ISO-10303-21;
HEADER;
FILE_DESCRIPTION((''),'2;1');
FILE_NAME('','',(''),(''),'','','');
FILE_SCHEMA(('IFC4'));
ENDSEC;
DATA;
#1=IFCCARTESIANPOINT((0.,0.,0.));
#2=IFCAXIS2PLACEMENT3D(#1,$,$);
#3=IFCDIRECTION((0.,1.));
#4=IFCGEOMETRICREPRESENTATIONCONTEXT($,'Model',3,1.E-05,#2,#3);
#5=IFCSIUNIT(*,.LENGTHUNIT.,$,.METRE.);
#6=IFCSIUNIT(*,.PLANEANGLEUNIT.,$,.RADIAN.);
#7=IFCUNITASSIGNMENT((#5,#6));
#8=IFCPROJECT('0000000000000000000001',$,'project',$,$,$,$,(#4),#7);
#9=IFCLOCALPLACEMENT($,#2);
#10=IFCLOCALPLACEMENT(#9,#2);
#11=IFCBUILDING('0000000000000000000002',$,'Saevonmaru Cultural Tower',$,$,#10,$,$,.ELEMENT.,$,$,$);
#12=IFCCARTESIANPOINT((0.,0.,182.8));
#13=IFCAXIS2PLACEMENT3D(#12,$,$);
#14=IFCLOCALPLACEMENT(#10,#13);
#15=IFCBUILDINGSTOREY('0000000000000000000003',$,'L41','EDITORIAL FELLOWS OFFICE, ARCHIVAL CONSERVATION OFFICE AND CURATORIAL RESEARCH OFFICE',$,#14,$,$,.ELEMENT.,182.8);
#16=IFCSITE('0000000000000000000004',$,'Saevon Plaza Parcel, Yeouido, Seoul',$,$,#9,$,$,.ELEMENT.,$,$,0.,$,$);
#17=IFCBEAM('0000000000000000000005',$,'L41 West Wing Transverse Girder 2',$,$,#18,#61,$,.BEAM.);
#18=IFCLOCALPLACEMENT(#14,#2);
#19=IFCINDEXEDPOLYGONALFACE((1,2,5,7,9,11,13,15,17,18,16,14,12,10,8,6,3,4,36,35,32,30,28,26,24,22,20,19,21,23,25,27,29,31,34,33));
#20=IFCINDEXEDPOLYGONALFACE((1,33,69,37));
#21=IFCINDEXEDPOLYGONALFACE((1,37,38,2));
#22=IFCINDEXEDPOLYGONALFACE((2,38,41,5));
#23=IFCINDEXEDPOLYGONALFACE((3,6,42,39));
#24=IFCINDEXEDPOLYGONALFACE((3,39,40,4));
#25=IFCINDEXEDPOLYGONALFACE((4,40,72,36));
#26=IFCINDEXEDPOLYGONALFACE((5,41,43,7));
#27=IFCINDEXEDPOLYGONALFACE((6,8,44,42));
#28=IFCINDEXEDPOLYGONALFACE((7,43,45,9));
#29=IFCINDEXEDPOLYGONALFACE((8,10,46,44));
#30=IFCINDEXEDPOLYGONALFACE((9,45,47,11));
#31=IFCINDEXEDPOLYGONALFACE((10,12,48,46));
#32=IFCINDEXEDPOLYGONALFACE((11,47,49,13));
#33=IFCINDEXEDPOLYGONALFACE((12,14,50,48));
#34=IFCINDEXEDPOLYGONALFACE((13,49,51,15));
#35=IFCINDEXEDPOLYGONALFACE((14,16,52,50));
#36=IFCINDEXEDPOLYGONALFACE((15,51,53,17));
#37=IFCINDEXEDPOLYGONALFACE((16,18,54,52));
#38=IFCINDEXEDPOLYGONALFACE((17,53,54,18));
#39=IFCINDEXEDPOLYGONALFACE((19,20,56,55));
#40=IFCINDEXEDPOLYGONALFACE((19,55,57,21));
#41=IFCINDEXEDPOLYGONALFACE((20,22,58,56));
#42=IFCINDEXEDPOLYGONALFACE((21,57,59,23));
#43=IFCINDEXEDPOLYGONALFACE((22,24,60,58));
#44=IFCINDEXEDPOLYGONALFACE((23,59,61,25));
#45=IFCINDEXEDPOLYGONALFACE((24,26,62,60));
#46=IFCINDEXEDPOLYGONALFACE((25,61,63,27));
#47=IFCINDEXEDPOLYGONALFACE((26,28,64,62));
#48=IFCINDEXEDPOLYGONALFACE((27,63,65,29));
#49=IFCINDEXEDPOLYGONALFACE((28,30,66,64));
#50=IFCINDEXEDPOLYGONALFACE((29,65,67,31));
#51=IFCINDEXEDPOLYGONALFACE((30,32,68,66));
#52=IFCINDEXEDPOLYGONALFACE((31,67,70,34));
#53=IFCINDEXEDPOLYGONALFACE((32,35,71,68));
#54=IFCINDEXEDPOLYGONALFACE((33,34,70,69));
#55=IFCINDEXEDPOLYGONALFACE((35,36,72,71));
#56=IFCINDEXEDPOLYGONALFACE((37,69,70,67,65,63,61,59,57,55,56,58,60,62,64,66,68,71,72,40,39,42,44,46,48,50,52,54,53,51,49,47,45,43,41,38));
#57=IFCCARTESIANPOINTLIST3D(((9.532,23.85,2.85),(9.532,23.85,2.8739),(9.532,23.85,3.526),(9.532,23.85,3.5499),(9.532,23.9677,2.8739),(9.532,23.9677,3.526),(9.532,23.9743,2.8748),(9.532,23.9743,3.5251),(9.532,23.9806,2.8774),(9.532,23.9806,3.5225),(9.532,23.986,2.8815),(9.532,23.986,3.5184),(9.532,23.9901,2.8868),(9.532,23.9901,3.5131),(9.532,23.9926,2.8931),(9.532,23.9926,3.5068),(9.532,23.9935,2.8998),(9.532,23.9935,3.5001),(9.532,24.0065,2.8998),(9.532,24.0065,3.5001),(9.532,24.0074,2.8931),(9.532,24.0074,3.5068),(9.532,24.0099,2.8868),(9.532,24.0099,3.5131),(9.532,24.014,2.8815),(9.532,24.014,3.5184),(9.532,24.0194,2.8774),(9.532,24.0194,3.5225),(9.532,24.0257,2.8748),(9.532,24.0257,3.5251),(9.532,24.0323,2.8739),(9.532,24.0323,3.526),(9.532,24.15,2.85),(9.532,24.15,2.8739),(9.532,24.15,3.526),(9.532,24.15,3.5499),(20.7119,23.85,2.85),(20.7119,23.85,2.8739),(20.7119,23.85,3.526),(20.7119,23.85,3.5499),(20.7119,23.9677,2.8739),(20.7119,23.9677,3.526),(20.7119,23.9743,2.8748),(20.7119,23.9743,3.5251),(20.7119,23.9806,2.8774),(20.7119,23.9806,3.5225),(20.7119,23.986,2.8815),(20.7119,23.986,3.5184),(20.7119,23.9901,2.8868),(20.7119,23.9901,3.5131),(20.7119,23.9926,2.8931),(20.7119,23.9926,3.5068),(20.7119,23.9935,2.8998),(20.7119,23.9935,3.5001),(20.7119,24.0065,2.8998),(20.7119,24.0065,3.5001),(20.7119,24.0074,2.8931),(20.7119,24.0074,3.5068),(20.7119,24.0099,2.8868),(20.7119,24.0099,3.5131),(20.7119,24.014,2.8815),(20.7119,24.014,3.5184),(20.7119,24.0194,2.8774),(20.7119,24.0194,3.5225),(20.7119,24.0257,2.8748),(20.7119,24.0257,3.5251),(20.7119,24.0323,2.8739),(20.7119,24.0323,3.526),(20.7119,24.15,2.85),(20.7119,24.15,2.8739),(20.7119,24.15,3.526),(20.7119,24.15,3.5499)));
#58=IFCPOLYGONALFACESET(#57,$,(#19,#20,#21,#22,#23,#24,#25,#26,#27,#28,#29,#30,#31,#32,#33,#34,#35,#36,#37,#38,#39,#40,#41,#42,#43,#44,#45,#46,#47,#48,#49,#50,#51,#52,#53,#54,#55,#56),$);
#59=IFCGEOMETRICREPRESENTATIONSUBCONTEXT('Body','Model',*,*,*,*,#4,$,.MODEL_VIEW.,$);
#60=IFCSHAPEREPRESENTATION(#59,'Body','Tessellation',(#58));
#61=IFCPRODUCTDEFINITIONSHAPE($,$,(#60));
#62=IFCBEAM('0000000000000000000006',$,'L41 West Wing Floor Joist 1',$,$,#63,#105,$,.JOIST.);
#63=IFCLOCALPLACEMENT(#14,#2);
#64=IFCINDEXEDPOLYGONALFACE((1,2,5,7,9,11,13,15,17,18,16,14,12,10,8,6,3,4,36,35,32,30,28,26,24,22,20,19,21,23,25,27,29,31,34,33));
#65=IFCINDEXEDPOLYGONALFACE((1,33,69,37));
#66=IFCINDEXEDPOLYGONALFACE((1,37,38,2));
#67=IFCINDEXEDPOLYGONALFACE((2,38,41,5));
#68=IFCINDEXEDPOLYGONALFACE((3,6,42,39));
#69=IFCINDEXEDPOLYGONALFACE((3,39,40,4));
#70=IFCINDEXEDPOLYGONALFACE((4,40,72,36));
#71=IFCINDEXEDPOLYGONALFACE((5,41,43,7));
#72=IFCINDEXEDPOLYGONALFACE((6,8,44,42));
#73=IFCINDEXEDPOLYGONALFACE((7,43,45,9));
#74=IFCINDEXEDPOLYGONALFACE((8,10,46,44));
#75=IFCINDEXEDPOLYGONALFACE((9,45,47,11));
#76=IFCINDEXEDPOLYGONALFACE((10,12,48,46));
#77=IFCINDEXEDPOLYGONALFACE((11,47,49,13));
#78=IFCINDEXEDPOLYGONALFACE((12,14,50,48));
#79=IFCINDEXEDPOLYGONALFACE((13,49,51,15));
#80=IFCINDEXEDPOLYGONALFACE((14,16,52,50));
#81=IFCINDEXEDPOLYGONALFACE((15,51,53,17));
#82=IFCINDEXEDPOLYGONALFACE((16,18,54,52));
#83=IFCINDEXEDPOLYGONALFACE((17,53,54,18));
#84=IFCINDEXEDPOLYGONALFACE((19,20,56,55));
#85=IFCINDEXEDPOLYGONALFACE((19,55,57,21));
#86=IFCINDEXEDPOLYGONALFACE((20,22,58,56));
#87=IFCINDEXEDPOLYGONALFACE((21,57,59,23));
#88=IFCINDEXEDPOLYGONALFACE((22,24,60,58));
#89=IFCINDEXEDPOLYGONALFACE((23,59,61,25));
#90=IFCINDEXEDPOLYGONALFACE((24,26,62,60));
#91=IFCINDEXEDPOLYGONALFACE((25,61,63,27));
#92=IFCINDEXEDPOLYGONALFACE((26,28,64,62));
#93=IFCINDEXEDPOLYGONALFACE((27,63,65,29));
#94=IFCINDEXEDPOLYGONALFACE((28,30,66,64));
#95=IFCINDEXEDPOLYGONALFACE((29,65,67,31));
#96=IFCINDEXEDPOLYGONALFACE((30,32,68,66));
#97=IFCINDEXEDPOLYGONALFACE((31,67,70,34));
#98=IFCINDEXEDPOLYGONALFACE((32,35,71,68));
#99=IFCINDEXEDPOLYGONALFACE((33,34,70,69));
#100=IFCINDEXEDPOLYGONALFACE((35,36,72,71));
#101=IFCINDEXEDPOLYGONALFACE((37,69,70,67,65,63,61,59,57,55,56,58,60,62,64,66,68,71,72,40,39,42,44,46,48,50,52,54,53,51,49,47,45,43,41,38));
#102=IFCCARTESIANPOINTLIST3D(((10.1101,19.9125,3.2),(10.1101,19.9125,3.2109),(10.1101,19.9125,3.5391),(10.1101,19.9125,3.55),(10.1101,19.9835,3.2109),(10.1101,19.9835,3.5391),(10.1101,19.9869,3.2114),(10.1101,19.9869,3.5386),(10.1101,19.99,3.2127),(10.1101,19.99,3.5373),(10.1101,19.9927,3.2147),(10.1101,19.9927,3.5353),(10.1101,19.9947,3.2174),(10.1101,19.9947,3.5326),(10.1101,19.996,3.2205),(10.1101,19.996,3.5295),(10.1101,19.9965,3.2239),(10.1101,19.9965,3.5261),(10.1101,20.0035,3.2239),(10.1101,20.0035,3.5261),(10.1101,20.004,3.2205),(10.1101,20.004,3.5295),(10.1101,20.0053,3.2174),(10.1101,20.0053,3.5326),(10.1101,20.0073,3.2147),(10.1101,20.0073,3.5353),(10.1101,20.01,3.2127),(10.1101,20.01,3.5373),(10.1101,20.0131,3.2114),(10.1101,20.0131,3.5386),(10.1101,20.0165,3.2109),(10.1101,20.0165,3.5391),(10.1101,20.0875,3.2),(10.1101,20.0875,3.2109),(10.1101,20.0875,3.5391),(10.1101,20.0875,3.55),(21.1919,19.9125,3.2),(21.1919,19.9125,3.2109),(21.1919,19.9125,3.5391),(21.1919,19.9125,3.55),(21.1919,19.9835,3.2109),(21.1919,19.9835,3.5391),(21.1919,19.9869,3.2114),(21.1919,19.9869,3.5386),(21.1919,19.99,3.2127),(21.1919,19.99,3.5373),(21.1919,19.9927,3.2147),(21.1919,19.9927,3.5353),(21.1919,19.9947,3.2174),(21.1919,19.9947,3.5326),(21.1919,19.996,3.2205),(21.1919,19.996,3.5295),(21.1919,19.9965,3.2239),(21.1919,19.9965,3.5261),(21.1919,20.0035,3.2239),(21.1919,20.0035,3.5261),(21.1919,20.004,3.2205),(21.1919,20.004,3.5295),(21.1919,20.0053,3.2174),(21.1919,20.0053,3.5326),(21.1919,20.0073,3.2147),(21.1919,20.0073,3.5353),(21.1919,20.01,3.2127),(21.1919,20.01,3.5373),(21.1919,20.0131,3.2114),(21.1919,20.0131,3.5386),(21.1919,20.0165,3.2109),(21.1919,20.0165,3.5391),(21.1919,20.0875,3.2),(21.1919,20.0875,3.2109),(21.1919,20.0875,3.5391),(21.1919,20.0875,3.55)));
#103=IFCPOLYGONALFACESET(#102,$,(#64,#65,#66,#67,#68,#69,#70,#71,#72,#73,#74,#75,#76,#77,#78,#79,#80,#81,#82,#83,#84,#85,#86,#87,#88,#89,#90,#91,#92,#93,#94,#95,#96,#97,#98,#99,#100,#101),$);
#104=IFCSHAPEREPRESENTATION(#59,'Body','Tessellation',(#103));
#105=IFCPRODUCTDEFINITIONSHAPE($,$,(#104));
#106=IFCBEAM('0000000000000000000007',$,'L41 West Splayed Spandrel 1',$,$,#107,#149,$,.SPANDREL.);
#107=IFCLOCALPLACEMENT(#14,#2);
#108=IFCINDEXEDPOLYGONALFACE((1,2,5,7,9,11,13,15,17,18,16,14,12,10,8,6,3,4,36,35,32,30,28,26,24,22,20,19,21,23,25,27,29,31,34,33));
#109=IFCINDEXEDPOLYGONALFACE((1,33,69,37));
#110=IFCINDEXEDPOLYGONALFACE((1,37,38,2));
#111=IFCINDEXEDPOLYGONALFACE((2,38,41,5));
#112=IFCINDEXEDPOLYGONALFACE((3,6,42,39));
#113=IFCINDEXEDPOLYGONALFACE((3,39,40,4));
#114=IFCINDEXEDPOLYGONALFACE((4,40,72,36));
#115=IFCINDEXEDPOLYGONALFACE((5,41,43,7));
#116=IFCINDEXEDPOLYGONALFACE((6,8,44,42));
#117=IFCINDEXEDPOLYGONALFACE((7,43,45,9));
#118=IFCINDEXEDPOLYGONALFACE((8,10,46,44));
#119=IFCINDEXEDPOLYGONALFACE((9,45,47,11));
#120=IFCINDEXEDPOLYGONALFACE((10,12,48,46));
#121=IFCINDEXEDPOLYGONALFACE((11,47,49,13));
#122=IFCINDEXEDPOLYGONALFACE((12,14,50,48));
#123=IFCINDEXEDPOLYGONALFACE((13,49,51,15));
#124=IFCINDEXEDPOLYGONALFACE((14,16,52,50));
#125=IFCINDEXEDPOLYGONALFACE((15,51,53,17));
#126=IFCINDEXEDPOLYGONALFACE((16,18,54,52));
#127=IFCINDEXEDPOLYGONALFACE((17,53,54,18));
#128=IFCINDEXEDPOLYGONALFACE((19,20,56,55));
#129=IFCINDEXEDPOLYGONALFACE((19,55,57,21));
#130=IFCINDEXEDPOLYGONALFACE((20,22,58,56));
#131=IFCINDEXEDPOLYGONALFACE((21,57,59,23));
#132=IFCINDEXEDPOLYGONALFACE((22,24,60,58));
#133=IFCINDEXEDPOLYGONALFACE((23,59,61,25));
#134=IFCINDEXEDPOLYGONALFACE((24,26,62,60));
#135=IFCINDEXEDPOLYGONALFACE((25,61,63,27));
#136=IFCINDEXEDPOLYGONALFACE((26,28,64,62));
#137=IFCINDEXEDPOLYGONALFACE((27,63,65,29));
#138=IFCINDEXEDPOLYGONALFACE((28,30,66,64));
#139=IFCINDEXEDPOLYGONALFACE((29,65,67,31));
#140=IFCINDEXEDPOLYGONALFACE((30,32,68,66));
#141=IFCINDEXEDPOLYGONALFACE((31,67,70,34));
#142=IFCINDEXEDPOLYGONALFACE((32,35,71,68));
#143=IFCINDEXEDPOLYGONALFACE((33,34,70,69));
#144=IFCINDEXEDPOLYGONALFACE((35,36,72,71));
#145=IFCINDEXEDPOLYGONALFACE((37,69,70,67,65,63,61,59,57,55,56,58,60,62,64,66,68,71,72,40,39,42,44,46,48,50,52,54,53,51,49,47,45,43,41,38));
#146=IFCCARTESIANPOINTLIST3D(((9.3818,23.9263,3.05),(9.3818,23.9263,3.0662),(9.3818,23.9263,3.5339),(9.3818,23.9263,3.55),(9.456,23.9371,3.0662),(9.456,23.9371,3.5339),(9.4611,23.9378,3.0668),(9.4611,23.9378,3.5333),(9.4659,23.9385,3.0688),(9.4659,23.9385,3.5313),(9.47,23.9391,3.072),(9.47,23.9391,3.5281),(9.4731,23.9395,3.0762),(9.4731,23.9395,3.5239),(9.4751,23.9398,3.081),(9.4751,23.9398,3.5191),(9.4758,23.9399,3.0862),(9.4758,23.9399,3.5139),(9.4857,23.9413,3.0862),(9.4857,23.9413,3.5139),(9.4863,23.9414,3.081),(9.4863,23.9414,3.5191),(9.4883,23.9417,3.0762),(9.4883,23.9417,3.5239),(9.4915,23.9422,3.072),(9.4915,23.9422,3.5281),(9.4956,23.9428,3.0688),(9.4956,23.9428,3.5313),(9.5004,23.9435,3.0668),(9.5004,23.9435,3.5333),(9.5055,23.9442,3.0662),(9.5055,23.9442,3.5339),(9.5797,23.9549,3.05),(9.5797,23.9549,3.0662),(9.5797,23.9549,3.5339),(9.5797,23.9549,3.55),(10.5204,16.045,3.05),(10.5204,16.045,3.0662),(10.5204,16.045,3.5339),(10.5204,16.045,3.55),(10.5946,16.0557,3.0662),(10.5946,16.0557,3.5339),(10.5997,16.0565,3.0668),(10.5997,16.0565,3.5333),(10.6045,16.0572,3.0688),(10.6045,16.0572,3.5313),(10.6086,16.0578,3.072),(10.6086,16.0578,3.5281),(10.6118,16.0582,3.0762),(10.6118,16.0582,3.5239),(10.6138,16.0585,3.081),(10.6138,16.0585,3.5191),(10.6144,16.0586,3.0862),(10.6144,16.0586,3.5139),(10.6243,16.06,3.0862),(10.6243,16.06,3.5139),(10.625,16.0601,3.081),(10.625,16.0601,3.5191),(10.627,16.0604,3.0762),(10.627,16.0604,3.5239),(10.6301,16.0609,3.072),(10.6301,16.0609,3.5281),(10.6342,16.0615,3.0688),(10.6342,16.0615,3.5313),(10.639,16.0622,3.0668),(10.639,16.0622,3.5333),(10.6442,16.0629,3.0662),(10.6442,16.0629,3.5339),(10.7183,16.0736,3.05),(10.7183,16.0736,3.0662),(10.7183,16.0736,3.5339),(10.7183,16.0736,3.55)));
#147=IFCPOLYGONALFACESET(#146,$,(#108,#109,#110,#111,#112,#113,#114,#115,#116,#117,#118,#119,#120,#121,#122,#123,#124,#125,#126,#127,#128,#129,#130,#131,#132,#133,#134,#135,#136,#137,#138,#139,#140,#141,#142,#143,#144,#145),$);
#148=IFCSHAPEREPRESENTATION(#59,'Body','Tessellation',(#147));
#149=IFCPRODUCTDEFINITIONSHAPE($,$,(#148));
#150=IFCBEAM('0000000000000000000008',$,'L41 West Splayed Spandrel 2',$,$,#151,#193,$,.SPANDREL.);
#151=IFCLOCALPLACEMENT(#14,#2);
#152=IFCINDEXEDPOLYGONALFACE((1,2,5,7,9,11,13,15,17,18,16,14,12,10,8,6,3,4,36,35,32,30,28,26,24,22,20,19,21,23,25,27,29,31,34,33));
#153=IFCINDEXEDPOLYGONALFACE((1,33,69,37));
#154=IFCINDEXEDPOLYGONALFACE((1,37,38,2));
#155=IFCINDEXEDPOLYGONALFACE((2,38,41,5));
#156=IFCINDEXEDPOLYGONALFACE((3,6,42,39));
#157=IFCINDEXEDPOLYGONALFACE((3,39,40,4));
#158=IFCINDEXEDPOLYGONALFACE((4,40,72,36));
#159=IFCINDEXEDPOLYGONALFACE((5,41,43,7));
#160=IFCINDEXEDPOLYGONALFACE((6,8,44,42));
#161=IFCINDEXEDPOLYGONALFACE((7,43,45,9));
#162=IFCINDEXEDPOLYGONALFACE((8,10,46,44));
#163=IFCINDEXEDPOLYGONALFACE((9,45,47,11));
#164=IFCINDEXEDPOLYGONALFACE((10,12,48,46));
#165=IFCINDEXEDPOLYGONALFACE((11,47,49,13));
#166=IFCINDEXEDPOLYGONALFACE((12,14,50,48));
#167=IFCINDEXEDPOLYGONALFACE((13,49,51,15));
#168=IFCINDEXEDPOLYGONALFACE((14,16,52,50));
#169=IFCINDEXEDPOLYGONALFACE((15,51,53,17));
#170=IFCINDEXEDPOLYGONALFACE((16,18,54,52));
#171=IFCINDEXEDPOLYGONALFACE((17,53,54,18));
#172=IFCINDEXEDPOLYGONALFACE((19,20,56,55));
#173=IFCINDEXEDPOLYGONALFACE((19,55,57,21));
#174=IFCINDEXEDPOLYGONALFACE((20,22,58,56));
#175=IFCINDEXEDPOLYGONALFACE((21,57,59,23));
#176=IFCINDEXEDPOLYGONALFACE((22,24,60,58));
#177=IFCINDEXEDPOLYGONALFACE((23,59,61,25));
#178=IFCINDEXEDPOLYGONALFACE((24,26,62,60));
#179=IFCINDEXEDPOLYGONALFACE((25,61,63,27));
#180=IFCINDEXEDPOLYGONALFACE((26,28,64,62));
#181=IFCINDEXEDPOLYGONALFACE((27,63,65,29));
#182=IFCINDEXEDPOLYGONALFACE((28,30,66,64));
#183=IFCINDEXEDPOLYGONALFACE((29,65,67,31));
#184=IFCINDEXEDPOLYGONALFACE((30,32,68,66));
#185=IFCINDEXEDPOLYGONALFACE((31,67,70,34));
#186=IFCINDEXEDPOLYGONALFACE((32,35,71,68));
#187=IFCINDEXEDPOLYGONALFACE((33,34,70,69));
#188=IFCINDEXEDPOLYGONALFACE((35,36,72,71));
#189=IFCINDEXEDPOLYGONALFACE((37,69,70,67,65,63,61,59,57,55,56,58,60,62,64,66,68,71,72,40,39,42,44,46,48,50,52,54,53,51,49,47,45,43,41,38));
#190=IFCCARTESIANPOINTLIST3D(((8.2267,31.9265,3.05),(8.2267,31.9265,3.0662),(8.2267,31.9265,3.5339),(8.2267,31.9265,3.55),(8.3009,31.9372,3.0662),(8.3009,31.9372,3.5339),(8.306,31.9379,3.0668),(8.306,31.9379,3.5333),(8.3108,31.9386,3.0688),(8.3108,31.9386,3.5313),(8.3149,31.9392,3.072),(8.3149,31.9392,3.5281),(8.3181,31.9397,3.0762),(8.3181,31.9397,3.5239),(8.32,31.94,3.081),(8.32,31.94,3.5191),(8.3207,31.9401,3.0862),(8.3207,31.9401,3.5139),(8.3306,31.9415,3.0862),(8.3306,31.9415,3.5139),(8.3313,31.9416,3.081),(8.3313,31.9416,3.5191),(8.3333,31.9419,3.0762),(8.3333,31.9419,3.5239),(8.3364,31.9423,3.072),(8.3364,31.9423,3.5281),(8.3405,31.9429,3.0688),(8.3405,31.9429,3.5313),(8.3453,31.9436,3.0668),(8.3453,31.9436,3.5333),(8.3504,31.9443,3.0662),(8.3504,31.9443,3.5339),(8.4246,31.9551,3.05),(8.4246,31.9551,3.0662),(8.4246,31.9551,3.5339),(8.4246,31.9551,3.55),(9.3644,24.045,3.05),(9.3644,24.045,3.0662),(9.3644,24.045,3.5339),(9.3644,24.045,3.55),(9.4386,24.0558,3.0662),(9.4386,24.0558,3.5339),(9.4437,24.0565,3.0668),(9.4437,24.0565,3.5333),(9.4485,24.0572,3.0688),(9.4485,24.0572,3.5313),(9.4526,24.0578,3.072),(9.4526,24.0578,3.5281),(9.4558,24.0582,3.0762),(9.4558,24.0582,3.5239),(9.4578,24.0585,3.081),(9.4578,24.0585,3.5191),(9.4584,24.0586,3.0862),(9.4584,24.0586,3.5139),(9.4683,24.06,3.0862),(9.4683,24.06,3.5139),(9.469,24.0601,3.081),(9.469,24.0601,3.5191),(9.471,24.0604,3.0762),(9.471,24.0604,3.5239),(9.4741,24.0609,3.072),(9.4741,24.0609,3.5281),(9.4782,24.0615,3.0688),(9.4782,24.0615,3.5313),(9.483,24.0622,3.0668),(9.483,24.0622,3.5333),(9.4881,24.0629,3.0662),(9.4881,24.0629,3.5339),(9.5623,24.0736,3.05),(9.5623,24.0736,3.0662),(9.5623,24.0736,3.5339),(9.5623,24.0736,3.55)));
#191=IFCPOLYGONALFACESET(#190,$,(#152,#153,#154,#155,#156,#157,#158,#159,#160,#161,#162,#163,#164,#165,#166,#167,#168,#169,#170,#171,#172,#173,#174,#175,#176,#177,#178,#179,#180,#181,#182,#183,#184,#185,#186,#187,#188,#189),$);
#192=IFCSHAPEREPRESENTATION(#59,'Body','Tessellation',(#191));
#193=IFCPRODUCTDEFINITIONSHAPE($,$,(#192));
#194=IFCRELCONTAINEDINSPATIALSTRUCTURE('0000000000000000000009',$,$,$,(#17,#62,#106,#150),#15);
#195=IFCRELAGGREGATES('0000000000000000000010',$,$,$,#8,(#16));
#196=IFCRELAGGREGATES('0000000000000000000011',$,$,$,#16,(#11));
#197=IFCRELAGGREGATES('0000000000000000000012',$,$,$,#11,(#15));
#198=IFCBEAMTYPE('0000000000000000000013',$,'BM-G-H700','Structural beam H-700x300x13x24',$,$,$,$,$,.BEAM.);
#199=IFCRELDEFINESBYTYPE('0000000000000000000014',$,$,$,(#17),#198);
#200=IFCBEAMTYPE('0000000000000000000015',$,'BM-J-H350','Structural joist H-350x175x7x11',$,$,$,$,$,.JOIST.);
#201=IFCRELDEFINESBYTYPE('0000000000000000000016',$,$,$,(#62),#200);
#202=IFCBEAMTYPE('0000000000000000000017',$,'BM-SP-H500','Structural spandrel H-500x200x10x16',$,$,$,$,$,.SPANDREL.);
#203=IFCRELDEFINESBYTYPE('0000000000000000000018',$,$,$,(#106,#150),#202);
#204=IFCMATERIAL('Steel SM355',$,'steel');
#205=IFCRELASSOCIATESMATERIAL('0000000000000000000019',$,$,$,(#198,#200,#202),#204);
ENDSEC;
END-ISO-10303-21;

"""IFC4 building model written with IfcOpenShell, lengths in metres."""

from ifc_helpers import new_model, si_unit, direction, frame, origin, origin_2d, place, context, subcontext, project, spatial, i_section, extrude, material, material_profile, profile_set, type_object, element, save


model = new_model("IFC4")

# Units and contexts
model_context = context("Model", 3, precision=1e-05, world=origin(), true_north=direction((0.0, 1.0)))
body_context = subcontext(model_context, "Body", "Model", "MODEL_VIEW")
ifc_project = project(units=[si_unit("LENGTHUNIT", "METRE"), si_unit("PLANEANGLEUNIT", "RADIAN")], contexts=[model_context])

# Site, building, storey
site_placement = place(None, origin())
site = spatial("IfcSite", under=ifc_project, at=site_placement, Name="Saevon Plaza Parcel, Yeouido, Seoul", CompositionType="ELEMENT", RefElevation=0.0)
building_placement = place(site_placement, origin())
building = spatial("IfcBuilding", under=site, at=building_placement, Name="Saevonmaru Cultural Tower", CompositionType="ELEMENT")
storey_placement = place(building_placement, frame((0.0, 0.0, 182.8)))
storey = spatial("IfcBuildingStorey", under=building, at=storey_placement, Name="L41", Description="EDITORIAL FELLOWS OFFICE, ARCHIVAL CONSERVATION OFFICE AND CURATORIAL RESEARCH OFFICE", CompositionType="ELEMENT", Elevation=182.8)

# Shared definitions
ifc_material_1 = material(Name="Steel SM355", Category="steel")

# Beams
ifc_material_profile_1 = material_profile(ifc_material_1, i_section(OverallWidth=0.3, OverallDepth=0.7, WebThickness=0.0129, FlangeThickness=0.0239, FilletRadius=0.0259, at=origin_2d()), Name="H-700x300x13x24")
ifc_profile_set_1 = profile_set([ifc_material_profile_1], Name="Steel SM355")
beam_type_1 = type_object("IfcBeamType", Name="BM-G-H700", Description="Structural beam H-700x300x13x24", PredefinedType="BEAM", material=ifc_profile_set_1)
for number, where, z_axis, x_axis, name in (
    (1, (9.532, 24.0, 3.2), (1.0, 0.0, 0.0), (0.0, 1.0, 0.0), "L41 West Wing Transverse Girder 2"),
):
    element("IfcBeam", number, at=place(storey_placement, frame(where, z_axis=z_axis, x_axis=x_axis)), inside=storey, type_object=beam_type_1, Name=name, PredefinedType="BEAM", context=body_context, shape_type="SweptSolid", body=[
        extrude(i_section(OverallWidth=0.3, OverallDepth=0.7, WebThickness=0.0129, FlangeThickness=0.0239, FilletRadius=0.0259, at=origin_2d()), origin(), (0.0, 0.0, 1.0), 11.1799),
    ])
ifc_material_profile_2 = material_profile(ifc_material_1, i_section(OverallWidth=0.175, OverallDepth=0.3501, WebThickness=0.0071, FlangeThickness=0.011, FilletRadius=0.0129, at=origin_2d()), Name="H-350x175x7x11")
ifc_profile_set_2 = profile_set([ifc_material_profile_2], Name="Steel SM355")
beam_type_2 = type_object("IfcBeamType", Name="BM-J-H350", Description="Structural joist H-350x175x7x11", PredefinedType="JOIST", material=ifc_profile_set_2)
beam_1_placement = place(storey_placement, frame((10.1101, 20.0, 3.375), z_axis=(1.0, 0.0, 0.0), x_axis=(0.0, 1.0, 0.0)))
element("IfcBeam", 2, at=beam_1_placement, inside=storey, type_object=beam_type_2, Name="L41 West Wing Floor Joist 1", PredefinedType="JOIST", context=body_context, shape_type="SweptSolid", body=[
    extrude(i_section(OverallWidth=0.175, OverallDepth=0.3501, WebThickness=0.0071, FlangeThickness=0.011, FilletRadius=0.0129, at=origin_2d()), origin(), (0.0, 0.0, 1.0), 11.0818),
])
ifc_material_profile_3 = material_profile(ifc_material_1, i_section(OverallWidth=0.2, OverallDepth=0.5, WebThickness=0.01, FlangeThickness=0.0161, FilletRadius=0.02, at=origin_2d()), Name="H-500x200x10x16")
ifc_profile_set_3 = profile_set([ifc_material_profile_3], Name="Steel SM355")
beam_type_3 = type_object("IfcBeamType", Name="BM-SP-H500", Description="Structural spandrel H-500x200x10x16", PredefinedType="SPANDREL", material=ifc_profile_set_3)
for number, where, z_axis, x_axis, name in (
    (3, (10.6194, 16.0593, 3.3), (-0.142992, 0.989724, 0.0), (-0.989724, -0.142992, 0.0), "L41 West Splayed Spandrel 1"),
    (4, (9.4634, 24.0593, 3.3), (-0.142872, 0.989741, 0.0), (-0.989741, -0.142872, 0.0), "L41 West Splayed Spandrel 2"),
):
    element("IfcBeam", number, at=place(storey_placement, frame(where, z_axis=z_axis, x_axis=x_axis)), inside=storey, type_object=beam_type_3, Name=name, PredefinedType="SPANDREL", context=body_context, shape_type="SweptSolid", body=[
        extrude(i_section(OverallWidth=0.2, OverallDepth=0.5, WebThickness=0.01, FlangeThickness=0.0161, FilletRadius=0.02, at=origin_2d()), origin(), (0.0, 0.0, 1.0), 7.9631),
    ])

save(model, "model.ifc")
